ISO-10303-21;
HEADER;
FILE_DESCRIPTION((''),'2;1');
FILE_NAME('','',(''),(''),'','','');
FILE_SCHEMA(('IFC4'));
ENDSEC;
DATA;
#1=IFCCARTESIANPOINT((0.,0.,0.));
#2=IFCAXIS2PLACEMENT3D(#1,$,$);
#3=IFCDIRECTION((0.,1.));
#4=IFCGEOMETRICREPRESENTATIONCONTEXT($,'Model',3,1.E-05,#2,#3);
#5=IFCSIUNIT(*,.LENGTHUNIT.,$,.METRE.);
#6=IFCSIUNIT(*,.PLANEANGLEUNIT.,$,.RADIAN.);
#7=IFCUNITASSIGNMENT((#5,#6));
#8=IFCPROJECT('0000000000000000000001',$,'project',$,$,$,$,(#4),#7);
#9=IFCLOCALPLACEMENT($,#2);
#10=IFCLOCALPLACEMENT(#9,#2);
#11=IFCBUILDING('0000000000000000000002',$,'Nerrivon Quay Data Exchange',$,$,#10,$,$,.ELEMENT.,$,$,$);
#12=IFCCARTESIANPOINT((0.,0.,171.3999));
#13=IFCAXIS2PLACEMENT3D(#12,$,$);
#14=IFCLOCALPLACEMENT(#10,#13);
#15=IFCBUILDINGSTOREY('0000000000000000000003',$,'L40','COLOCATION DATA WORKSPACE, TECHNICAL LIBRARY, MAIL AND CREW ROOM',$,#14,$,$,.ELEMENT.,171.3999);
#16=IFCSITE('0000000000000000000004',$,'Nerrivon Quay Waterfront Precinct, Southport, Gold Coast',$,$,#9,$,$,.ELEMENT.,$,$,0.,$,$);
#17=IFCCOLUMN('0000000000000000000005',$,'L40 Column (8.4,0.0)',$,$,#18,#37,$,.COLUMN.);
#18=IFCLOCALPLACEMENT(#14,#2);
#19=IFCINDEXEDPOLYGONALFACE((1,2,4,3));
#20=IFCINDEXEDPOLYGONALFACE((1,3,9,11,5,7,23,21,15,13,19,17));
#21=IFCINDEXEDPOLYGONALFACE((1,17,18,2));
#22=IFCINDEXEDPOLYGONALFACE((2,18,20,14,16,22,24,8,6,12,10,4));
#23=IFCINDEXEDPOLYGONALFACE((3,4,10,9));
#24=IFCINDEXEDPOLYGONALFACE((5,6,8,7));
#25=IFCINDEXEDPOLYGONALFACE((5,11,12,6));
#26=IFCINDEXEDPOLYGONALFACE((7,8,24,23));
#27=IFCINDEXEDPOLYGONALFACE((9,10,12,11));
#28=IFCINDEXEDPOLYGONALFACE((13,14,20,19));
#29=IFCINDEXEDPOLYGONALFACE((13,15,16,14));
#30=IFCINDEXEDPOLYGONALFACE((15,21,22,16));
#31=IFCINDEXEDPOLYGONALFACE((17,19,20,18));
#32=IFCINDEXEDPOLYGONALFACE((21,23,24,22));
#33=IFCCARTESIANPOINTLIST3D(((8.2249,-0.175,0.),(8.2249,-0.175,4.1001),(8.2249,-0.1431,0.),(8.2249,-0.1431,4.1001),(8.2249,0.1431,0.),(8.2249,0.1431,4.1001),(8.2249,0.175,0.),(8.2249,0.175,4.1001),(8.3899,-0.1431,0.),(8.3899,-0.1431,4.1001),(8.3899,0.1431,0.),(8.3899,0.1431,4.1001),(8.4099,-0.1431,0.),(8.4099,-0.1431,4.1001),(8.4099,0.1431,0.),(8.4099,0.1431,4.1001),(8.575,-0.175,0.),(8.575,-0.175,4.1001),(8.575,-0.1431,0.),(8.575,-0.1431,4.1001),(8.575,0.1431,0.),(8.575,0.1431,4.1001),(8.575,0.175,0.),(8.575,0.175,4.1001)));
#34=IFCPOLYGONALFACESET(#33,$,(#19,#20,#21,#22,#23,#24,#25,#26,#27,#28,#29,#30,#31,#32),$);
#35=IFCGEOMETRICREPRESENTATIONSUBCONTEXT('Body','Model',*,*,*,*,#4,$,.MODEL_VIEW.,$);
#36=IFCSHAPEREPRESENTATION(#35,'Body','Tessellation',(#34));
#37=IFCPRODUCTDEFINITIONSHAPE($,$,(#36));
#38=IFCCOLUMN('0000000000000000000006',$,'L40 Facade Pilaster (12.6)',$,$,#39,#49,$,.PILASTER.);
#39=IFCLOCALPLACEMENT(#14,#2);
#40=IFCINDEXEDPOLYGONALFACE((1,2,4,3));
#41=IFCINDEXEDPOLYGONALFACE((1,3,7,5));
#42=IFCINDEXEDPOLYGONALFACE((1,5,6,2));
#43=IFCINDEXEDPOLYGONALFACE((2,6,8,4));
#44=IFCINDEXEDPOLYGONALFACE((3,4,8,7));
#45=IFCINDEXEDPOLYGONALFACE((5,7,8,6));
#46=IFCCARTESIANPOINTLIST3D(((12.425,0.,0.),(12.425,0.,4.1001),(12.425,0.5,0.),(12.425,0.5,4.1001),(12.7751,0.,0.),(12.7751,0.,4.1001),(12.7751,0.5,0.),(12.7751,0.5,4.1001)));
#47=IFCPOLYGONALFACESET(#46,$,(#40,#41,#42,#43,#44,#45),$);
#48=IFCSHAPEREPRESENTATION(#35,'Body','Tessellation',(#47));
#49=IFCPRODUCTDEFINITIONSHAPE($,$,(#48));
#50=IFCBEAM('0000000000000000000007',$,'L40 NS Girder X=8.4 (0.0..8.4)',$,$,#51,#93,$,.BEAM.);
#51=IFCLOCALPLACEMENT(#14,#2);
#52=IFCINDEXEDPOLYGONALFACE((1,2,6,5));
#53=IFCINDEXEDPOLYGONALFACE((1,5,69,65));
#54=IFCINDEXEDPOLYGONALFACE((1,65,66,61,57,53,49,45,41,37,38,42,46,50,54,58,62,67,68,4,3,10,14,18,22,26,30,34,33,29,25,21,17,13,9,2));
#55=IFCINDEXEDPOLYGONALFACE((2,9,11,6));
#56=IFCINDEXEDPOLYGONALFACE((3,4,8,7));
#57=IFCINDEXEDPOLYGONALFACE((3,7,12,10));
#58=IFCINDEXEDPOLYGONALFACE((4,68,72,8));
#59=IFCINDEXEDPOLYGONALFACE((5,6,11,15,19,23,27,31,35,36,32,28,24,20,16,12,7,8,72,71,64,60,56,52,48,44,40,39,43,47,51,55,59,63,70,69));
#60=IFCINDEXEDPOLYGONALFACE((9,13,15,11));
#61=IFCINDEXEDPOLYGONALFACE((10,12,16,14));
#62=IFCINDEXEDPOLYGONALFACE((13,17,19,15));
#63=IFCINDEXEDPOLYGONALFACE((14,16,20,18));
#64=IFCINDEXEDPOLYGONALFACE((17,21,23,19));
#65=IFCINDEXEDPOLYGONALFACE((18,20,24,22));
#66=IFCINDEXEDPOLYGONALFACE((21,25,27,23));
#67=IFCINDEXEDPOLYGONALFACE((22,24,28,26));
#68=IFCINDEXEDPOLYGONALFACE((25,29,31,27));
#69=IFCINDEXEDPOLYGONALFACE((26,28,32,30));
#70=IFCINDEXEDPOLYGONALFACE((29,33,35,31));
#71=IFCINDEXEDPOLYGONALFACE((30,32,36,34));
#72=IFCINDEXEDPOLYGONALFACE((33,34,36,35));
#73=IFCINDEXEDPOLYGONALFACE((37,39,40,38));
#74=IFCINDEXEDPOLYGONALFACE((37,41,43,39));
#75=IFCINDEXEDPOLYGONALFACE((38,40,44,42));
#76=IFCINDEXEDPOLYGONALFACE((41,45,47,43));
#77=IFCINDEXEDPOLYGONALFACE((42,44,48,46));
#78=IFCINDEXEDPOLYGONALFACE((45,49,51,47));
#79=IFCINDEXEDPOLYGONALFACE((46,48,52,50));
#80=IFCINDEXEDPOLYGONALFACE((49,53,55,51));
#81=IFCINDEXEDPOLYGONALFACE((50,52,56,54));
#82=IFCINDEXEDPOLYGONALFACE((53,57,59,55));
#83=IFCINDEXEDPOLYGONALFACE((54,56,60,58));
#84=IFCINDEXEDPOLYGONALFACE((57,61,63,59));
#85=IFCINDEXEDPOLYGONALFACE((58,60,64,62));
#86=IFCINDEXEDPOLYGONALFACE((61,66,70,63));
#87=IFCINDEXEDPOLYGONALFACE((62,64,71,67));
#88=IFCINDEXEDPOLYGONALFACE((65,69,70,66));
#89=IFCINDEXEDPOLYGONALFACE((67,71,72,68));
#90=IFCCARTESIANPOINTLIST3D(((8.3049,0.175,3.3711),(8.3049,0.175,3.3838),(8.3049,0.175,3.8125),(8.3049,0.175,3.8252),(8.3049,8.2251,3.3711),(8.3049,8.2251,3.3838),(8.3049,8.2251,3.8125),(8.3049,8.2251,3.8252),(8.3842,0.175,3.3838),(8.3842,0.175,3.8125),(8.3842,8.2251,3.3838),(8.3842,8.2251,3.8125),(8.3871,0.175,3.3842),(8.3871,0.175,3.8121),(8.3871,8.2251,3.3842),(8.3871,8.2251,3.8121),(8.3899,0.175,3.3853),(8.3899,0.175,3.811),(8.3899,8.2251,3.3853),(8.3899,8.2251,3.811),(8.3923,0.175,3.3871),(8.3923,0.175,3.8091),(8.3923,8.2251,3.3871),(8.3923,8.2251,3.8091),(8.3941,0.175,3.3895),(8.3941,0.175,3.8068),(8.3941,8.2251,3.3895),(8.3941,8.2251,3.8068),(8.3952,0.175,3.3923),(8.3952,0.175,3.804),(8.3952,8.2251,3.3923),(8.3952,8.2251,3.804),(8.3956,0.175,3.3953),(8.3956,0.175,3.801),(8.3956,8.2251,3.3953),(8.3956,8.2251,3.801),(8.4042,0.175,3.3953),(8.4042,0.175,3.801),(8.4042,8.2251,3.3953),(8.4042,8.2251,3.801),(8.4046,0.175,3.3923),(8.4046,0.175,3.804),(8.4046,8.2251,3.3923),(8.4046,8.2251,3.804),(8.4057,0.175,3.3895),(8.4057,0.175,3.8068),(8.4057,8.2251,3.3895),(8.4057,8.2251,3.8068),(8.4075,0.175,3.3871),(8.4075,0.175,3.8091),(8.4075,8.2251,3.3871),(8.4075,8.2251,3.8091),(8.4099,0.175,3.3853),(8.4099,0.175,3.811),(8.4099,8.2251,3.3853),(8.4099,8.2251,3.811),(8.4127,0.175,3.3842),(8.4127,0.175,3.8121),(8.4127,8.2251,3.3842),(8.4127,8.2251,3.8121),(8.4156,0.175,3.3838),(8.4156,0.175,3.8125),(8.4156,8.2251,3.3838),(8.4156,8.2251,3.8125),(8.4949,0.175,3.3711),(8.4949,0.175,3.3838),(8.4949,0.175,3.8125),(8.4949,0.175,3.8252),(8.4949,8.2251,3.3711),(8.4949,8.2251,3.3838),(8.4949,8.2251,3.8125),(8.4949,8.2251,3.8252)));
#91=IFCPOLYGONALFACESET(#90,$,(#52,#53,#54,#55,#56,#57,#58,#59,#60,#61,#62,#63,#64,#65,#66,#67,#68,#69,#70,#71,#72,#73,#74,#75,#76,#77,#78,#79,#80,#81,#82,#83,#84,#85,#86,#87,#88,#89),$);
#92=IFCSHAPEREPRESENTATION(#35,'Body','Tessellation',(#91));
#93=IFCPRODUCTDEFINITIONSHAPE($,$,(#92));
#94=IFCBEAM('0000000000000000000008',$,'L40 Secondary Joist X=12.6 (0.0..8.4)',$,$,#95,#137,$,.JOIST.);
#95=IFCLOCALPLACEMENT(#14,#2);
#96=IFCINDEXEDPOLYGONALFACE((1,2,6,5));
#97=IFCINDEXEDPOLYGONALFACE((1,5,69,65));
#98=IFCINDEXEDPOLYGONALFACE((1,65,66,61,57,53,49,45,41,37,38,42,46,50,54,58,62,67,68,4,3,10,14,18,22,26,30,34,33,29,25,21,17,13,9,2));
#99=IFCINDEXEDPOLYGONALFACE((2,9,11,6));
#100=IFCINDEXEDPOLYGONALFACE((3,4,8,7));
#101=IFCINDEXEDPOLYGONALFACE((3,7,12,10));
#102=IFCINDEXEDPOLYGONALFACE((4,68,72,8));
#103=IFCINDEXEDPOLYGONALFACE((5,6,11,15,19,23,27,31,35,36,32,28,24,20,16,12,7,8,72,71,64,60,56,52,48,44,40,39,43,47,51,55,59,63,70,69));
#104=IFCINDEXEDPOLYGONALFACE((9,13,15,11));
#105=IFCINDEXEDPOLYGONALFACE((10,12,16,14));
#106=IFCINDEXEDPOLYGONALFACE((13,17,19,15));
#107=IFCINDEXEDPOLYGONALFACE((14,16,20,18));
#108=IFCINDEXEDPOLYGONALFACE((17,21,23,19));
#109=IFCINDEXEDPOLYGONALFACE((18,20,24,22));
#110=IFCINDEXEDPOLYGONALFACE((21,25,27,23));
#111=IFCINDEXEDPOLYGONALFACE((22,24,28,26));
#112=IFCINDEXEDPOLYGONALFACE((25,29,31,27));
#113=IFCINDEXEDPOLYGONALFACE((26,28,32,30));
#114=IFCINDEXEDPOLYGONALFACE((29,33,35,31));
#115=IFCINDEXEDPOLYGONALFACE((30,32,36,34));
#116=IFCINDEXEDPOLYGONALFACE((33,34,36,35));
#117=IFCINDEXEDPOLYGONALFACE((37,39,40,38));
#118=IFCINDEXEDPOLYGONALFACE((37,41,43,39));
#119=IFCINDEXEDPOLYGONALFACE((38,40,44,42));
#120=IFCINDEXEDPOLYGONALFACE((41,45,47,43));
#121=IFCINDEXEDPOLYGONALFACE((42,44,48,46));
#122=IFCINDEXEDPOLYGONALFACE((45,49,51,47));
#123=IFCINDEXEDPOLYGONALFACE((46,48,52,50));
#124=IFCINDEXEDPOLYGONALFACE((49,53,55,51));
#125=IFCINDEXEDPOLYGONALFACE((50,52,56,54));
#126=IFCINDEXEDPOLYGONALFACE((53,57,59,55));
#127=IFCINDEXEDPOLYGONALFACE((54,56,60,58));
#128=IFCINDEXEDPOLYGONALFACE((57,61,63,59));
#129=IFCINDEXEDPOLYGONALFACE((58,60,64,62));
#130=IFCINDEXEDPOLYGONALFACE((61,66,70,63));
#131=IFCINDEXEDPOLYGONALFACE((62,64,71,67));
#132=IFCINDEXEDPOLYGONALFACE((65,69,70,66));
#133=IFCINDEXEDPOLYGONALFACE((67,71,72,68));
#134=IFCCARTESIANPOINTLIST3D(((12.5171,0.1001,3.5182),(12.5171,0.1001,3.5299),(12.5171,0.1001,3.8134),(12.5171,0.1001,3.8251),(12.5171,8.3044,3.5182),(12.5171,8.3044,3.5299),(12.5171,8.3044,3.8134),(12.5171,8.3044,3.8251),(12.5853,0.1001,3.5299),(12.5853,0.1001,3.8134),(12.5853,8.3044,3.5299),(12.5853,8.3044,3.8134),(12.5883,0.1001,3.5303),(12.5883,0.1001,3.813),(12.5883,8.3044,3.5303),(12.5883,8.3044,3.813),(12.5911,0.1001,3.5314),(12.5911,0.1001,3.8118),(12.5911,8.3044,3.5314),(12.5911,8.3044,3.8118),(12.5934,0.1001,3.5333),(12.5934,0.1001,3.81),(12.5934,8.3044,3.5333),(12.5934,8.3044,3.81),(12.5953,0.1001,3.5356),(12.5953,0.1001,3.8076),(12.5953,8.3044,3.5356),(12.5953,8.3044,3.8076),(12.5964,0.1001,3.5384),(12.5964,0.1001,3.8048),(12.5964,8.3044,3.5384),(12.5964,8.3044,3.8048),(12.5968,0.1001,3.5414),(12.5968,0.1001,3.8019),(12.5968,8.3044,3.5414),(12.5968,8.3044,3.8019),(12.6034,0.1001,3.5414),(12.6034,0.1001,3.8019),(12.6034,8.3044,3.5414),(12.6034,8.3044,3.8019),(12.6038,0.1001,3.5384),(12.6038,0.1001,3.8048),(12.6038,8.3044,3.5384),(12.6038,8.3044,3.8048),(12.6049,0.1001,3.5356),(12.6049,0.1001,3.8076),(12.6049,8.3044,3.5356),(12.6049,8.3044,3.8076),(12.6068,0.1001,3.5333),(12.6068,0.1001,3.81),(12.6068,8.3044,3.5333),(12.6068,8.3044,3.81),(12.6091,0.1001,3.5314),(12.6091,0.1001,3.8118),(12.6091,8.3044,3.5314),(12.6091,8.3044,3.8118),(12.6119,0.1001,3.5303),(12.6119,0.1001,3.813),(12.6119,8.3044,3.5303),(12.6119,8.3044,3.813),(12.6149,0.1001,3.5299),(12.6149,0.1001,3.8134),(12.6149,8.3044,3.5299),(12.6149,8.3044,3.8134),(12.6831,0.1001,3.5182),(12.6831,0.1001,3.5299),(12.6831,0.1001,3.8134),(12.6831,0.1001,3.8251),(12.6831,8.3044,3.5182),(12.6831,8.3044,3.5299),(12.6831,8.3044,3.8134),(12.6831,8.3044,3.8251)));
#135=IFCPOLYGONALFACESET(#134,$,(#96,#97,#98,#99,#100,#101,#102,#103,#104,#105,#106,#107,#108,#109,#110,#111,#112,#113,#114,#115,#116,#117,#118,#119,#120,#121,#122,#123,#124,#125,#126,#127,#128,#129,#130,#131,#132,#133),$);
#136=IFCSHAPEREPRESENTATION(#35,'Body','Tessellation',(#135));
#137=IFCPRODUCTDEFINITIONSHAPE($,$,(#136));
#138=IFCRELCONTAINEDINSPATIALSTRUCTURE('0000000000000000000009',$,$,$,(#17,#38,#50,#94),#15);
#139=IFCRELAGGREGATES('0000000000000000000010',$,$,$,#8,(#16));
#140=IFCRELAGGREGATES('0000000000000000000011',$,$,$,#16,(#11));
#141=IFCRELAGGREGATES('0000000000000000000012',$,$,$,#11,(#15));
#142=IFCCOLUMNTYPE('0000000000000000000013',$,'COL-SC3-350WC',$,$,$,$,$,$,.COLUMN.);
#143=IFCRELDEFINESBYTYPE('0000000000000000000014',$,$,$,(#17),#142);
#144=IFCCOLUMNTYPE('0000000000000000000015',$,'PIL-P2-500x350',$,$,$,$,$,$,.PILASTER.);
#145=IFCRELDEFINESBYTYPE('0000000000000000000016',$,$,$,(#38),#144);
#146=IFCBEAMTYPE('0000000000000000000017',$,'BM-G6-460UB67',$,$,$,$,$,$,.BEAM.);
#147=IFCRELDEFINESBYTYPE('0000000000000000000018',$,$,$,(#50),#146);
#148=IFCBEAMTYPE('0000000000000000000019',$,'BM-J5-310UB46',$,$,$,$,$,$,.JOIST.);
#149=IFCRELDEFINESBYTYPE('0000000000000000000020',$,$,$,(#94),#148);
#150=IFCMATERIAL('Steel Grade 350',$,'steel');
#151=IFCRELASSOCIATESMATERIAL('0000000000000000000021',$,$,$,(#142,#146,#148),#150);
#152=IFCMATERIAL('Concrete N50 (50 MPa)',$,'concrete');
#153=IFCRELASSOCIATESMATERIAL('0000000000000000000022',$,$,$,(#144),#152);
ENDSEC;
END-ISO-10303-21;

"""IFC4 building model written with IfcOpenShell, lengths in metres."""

from ifc_helpers import new_model, si_unit, direction, frame, origin, origin_2d, place, context, subcontext, project, spatial, rectangle, i_section, extrude, material, material_profile, profile_set, type_object, element, save


model = new_model("IFC4")

# Units and contexts
model_context = context("Model", 3, precision=1e-05, world=origin(), true_north=direction((0.0, 1.0)))
body_context = subcontext(model_context, "Body", "Model", "MODEL_VIEW")
ifc_project = project(units=[si_unit("LENGTHUNIT", "METRE"), si_unit("PLANEANGLEUNIT", "RADIAN")], contexts=[model_context])

# Site, building, storey
site_placement = place(None, origin())
site = spatial("IfcSite", under=ifc_project, at=site_placement, Name="Nerrivon Quay Waterfront Precinct, Southport, Gold Coast", CompositionType="ELEMENT", RefElevation=0.0)
building_placement = place(site_placement, origin())
building = spatial("IfcBuilding", under=site, at=building_placement, Name="Nerrivon Quay Data Exchange", CompositionType="ELEMENT")
storey_placement = place(building_placement, frame((0.0, 0.0, 171.3999)))
storey = spatial("IfcBuildingStorey", under=building, at=storey_placement, Name="L40", Description="COLOCATION DATA WORKSPACE, TECHNICAL LIBRARY, MAIL AND CREW ROOM", CompositionType="ELEMENT", Elevation=171.3999)

# Columns
ifc_material_1 = material(Name="Steel Grade 350", Category="steel")
ifc_material_profile_1 = material_profile(ifc_material_1, i_section(OverallWidth=0.3501, OverallDepth=0.3501, WebThickness=0.02, FlangeThickness=0.032, at=origin_2d()), Name="350WC230")
ifc_profile_set_1 = profile_set([ifc_material_profile_1], Name="Steel Grade 350")
column_type_1 = type_object("IfcColumnType", Name="COL-SC3-350WC", PredefinedType="COLUMN", material=ifc_profile_set_1)
column_1_placement = place(storey_placement, frame((8.3999, 0.0, 0.0), z_axis=(0.0, 0.0, 1.0), x_axis=(1.0, 0.0, 0.0)))
element("IfcColumn", 1, at=column_1_placement, inside=storey, type_object=column_type_1, Name="L40 Column (8.4,0.0)", PredefinedType="COLUMN", context=body_context, shape_type="SweptSolid", body=[
    extrude(i_section(OverallWidth=0.3501, OverallDepth=0.3501, WebThickness=0.02, FlangeThickness=0.032, at=origin_2d()), origin(), (0.0, 0.0, 1.0), 4.1001),
])
ifc_material_2 = material(Name="Concrete N50 (50 MPa)", Category="concrete")
ifc_material_profile_2 = material_profile(ifc_material_2, rectangle(XDim=0.3501, YDim=0.5, at=origin_2d()), Name="RC-PIL-500x350")
ifc_profile_set_2 = profile_set([ifc_material_profile_2], Name="Concrete N50 (50 MPa)")
column_type_2 = type_object("IfcColumnType", Name="PIL-P2-500x350", PredefinedType="PILASTER", material=ifc_profile_set_2)
column_2_placement = place(storey_placement, frame((12.6001, 0.25, 0.0), z_axis=(0.0, 0.0, 1.0), x_axis=(1.0, 0.0, 0.0)))
element("IfcColumn", 2, at=column_2_placement, inside=storey, type_object=column_type_2, Name="L40 Facade Pilaster (12.6)", PredefinedType="PILASTER", context=body_context, shape_type="SweptSolid", body=[
    extrude(rectangle(XDim=0.3501, YDim=0.5, at=origin_2d()), origin(), (0.0, 0.0, 1.0), 4.1001),
])

# Beams
ifc_material_profile_3 = material_profile(ifc_material_1, i_section(OverallWidth=0.1899, OverallDepth=0.4541, WebThickness=0.0085, FlangeThickness=0.0127, FilletRadius=0.0115, at=origin_2d()), Name="460UB67.1")
ifc_profile_set_3 = profile_set([ifc_material_profile_3], Name="Steel Grade 350")
beam_type_1 = type_object("IfcBeamType", Name="BM-G6-460UB67", PredefinedType="BEAM", material=ifc_profile_set_3)
beam_1_placement = place(storey_placement, frame((8.3999, 0.175, 3.5981), z_axis=(0.0, 1.0, 0.0), x_axis=(-1.0, 0.0, 0.0)))
element("IfcBeam", 3, at=beam_1_placement, inside=storey, type_object=beam_type_1, Name="L40 NS Girder X=8.4 (0.0..8.4)", PredefinedType="BEAM", context=body_context, shape_type="SweptSolid", body=[
    extrude(i_section(OverallWidth=0.1899, OverallDepth=0.4541, WebThickness=0.0085, FlangeThickness=0.0127, FilletRadius=0.0115, at=origin_2d()), origin(), (0.0, 0.0, 1.0), 8.05),
])
ifc_material_profile_4 = material_profile(ifc_material_1, i_section(OverallWidth=0.166, OverallDepth=0.3069, WebThickness=0.0066, FlangeThickness=0.0117, FilletRadius=0.0115, at=origin_2d()), Name="310UB46.2")
ifc_profile_set_4 = profile_set([ifc_material_profile_4], Name="Steel Grade 350")
beam_type_2 = type_object("IfcBeamType", Name="BM-J5-310UB46", PredefinedType="JOIST", material=ifc_profile_set_4)
beam_2_placement = place(storey_placement, frame((12.6001, 0.1001, 3.6716), z_axis=(0.0, 1.0, 0.0), x_axis=(-1.0, 0.0, 0.0)))
element("IfcBeam", 4, at=beam_2_placement, inside=storey, type_object=beam_type_2, Name="L40 Secondary Joist X=12.6 (0.0..8.4)", PredefinedType="JOIST", context=body_context, shape_type="SweptSolid", body=[
    extrude(i_section(OverallWidth=0.166, OverallDepth=0.3069, WebThickness=0.0066, FlangeThickness=0.0117, FilletRadius=0.0115, at=origin_2d()), origin(), (0.0, 0.0, 1.0), 8.2043),
])

save(model, "model.ifc")
